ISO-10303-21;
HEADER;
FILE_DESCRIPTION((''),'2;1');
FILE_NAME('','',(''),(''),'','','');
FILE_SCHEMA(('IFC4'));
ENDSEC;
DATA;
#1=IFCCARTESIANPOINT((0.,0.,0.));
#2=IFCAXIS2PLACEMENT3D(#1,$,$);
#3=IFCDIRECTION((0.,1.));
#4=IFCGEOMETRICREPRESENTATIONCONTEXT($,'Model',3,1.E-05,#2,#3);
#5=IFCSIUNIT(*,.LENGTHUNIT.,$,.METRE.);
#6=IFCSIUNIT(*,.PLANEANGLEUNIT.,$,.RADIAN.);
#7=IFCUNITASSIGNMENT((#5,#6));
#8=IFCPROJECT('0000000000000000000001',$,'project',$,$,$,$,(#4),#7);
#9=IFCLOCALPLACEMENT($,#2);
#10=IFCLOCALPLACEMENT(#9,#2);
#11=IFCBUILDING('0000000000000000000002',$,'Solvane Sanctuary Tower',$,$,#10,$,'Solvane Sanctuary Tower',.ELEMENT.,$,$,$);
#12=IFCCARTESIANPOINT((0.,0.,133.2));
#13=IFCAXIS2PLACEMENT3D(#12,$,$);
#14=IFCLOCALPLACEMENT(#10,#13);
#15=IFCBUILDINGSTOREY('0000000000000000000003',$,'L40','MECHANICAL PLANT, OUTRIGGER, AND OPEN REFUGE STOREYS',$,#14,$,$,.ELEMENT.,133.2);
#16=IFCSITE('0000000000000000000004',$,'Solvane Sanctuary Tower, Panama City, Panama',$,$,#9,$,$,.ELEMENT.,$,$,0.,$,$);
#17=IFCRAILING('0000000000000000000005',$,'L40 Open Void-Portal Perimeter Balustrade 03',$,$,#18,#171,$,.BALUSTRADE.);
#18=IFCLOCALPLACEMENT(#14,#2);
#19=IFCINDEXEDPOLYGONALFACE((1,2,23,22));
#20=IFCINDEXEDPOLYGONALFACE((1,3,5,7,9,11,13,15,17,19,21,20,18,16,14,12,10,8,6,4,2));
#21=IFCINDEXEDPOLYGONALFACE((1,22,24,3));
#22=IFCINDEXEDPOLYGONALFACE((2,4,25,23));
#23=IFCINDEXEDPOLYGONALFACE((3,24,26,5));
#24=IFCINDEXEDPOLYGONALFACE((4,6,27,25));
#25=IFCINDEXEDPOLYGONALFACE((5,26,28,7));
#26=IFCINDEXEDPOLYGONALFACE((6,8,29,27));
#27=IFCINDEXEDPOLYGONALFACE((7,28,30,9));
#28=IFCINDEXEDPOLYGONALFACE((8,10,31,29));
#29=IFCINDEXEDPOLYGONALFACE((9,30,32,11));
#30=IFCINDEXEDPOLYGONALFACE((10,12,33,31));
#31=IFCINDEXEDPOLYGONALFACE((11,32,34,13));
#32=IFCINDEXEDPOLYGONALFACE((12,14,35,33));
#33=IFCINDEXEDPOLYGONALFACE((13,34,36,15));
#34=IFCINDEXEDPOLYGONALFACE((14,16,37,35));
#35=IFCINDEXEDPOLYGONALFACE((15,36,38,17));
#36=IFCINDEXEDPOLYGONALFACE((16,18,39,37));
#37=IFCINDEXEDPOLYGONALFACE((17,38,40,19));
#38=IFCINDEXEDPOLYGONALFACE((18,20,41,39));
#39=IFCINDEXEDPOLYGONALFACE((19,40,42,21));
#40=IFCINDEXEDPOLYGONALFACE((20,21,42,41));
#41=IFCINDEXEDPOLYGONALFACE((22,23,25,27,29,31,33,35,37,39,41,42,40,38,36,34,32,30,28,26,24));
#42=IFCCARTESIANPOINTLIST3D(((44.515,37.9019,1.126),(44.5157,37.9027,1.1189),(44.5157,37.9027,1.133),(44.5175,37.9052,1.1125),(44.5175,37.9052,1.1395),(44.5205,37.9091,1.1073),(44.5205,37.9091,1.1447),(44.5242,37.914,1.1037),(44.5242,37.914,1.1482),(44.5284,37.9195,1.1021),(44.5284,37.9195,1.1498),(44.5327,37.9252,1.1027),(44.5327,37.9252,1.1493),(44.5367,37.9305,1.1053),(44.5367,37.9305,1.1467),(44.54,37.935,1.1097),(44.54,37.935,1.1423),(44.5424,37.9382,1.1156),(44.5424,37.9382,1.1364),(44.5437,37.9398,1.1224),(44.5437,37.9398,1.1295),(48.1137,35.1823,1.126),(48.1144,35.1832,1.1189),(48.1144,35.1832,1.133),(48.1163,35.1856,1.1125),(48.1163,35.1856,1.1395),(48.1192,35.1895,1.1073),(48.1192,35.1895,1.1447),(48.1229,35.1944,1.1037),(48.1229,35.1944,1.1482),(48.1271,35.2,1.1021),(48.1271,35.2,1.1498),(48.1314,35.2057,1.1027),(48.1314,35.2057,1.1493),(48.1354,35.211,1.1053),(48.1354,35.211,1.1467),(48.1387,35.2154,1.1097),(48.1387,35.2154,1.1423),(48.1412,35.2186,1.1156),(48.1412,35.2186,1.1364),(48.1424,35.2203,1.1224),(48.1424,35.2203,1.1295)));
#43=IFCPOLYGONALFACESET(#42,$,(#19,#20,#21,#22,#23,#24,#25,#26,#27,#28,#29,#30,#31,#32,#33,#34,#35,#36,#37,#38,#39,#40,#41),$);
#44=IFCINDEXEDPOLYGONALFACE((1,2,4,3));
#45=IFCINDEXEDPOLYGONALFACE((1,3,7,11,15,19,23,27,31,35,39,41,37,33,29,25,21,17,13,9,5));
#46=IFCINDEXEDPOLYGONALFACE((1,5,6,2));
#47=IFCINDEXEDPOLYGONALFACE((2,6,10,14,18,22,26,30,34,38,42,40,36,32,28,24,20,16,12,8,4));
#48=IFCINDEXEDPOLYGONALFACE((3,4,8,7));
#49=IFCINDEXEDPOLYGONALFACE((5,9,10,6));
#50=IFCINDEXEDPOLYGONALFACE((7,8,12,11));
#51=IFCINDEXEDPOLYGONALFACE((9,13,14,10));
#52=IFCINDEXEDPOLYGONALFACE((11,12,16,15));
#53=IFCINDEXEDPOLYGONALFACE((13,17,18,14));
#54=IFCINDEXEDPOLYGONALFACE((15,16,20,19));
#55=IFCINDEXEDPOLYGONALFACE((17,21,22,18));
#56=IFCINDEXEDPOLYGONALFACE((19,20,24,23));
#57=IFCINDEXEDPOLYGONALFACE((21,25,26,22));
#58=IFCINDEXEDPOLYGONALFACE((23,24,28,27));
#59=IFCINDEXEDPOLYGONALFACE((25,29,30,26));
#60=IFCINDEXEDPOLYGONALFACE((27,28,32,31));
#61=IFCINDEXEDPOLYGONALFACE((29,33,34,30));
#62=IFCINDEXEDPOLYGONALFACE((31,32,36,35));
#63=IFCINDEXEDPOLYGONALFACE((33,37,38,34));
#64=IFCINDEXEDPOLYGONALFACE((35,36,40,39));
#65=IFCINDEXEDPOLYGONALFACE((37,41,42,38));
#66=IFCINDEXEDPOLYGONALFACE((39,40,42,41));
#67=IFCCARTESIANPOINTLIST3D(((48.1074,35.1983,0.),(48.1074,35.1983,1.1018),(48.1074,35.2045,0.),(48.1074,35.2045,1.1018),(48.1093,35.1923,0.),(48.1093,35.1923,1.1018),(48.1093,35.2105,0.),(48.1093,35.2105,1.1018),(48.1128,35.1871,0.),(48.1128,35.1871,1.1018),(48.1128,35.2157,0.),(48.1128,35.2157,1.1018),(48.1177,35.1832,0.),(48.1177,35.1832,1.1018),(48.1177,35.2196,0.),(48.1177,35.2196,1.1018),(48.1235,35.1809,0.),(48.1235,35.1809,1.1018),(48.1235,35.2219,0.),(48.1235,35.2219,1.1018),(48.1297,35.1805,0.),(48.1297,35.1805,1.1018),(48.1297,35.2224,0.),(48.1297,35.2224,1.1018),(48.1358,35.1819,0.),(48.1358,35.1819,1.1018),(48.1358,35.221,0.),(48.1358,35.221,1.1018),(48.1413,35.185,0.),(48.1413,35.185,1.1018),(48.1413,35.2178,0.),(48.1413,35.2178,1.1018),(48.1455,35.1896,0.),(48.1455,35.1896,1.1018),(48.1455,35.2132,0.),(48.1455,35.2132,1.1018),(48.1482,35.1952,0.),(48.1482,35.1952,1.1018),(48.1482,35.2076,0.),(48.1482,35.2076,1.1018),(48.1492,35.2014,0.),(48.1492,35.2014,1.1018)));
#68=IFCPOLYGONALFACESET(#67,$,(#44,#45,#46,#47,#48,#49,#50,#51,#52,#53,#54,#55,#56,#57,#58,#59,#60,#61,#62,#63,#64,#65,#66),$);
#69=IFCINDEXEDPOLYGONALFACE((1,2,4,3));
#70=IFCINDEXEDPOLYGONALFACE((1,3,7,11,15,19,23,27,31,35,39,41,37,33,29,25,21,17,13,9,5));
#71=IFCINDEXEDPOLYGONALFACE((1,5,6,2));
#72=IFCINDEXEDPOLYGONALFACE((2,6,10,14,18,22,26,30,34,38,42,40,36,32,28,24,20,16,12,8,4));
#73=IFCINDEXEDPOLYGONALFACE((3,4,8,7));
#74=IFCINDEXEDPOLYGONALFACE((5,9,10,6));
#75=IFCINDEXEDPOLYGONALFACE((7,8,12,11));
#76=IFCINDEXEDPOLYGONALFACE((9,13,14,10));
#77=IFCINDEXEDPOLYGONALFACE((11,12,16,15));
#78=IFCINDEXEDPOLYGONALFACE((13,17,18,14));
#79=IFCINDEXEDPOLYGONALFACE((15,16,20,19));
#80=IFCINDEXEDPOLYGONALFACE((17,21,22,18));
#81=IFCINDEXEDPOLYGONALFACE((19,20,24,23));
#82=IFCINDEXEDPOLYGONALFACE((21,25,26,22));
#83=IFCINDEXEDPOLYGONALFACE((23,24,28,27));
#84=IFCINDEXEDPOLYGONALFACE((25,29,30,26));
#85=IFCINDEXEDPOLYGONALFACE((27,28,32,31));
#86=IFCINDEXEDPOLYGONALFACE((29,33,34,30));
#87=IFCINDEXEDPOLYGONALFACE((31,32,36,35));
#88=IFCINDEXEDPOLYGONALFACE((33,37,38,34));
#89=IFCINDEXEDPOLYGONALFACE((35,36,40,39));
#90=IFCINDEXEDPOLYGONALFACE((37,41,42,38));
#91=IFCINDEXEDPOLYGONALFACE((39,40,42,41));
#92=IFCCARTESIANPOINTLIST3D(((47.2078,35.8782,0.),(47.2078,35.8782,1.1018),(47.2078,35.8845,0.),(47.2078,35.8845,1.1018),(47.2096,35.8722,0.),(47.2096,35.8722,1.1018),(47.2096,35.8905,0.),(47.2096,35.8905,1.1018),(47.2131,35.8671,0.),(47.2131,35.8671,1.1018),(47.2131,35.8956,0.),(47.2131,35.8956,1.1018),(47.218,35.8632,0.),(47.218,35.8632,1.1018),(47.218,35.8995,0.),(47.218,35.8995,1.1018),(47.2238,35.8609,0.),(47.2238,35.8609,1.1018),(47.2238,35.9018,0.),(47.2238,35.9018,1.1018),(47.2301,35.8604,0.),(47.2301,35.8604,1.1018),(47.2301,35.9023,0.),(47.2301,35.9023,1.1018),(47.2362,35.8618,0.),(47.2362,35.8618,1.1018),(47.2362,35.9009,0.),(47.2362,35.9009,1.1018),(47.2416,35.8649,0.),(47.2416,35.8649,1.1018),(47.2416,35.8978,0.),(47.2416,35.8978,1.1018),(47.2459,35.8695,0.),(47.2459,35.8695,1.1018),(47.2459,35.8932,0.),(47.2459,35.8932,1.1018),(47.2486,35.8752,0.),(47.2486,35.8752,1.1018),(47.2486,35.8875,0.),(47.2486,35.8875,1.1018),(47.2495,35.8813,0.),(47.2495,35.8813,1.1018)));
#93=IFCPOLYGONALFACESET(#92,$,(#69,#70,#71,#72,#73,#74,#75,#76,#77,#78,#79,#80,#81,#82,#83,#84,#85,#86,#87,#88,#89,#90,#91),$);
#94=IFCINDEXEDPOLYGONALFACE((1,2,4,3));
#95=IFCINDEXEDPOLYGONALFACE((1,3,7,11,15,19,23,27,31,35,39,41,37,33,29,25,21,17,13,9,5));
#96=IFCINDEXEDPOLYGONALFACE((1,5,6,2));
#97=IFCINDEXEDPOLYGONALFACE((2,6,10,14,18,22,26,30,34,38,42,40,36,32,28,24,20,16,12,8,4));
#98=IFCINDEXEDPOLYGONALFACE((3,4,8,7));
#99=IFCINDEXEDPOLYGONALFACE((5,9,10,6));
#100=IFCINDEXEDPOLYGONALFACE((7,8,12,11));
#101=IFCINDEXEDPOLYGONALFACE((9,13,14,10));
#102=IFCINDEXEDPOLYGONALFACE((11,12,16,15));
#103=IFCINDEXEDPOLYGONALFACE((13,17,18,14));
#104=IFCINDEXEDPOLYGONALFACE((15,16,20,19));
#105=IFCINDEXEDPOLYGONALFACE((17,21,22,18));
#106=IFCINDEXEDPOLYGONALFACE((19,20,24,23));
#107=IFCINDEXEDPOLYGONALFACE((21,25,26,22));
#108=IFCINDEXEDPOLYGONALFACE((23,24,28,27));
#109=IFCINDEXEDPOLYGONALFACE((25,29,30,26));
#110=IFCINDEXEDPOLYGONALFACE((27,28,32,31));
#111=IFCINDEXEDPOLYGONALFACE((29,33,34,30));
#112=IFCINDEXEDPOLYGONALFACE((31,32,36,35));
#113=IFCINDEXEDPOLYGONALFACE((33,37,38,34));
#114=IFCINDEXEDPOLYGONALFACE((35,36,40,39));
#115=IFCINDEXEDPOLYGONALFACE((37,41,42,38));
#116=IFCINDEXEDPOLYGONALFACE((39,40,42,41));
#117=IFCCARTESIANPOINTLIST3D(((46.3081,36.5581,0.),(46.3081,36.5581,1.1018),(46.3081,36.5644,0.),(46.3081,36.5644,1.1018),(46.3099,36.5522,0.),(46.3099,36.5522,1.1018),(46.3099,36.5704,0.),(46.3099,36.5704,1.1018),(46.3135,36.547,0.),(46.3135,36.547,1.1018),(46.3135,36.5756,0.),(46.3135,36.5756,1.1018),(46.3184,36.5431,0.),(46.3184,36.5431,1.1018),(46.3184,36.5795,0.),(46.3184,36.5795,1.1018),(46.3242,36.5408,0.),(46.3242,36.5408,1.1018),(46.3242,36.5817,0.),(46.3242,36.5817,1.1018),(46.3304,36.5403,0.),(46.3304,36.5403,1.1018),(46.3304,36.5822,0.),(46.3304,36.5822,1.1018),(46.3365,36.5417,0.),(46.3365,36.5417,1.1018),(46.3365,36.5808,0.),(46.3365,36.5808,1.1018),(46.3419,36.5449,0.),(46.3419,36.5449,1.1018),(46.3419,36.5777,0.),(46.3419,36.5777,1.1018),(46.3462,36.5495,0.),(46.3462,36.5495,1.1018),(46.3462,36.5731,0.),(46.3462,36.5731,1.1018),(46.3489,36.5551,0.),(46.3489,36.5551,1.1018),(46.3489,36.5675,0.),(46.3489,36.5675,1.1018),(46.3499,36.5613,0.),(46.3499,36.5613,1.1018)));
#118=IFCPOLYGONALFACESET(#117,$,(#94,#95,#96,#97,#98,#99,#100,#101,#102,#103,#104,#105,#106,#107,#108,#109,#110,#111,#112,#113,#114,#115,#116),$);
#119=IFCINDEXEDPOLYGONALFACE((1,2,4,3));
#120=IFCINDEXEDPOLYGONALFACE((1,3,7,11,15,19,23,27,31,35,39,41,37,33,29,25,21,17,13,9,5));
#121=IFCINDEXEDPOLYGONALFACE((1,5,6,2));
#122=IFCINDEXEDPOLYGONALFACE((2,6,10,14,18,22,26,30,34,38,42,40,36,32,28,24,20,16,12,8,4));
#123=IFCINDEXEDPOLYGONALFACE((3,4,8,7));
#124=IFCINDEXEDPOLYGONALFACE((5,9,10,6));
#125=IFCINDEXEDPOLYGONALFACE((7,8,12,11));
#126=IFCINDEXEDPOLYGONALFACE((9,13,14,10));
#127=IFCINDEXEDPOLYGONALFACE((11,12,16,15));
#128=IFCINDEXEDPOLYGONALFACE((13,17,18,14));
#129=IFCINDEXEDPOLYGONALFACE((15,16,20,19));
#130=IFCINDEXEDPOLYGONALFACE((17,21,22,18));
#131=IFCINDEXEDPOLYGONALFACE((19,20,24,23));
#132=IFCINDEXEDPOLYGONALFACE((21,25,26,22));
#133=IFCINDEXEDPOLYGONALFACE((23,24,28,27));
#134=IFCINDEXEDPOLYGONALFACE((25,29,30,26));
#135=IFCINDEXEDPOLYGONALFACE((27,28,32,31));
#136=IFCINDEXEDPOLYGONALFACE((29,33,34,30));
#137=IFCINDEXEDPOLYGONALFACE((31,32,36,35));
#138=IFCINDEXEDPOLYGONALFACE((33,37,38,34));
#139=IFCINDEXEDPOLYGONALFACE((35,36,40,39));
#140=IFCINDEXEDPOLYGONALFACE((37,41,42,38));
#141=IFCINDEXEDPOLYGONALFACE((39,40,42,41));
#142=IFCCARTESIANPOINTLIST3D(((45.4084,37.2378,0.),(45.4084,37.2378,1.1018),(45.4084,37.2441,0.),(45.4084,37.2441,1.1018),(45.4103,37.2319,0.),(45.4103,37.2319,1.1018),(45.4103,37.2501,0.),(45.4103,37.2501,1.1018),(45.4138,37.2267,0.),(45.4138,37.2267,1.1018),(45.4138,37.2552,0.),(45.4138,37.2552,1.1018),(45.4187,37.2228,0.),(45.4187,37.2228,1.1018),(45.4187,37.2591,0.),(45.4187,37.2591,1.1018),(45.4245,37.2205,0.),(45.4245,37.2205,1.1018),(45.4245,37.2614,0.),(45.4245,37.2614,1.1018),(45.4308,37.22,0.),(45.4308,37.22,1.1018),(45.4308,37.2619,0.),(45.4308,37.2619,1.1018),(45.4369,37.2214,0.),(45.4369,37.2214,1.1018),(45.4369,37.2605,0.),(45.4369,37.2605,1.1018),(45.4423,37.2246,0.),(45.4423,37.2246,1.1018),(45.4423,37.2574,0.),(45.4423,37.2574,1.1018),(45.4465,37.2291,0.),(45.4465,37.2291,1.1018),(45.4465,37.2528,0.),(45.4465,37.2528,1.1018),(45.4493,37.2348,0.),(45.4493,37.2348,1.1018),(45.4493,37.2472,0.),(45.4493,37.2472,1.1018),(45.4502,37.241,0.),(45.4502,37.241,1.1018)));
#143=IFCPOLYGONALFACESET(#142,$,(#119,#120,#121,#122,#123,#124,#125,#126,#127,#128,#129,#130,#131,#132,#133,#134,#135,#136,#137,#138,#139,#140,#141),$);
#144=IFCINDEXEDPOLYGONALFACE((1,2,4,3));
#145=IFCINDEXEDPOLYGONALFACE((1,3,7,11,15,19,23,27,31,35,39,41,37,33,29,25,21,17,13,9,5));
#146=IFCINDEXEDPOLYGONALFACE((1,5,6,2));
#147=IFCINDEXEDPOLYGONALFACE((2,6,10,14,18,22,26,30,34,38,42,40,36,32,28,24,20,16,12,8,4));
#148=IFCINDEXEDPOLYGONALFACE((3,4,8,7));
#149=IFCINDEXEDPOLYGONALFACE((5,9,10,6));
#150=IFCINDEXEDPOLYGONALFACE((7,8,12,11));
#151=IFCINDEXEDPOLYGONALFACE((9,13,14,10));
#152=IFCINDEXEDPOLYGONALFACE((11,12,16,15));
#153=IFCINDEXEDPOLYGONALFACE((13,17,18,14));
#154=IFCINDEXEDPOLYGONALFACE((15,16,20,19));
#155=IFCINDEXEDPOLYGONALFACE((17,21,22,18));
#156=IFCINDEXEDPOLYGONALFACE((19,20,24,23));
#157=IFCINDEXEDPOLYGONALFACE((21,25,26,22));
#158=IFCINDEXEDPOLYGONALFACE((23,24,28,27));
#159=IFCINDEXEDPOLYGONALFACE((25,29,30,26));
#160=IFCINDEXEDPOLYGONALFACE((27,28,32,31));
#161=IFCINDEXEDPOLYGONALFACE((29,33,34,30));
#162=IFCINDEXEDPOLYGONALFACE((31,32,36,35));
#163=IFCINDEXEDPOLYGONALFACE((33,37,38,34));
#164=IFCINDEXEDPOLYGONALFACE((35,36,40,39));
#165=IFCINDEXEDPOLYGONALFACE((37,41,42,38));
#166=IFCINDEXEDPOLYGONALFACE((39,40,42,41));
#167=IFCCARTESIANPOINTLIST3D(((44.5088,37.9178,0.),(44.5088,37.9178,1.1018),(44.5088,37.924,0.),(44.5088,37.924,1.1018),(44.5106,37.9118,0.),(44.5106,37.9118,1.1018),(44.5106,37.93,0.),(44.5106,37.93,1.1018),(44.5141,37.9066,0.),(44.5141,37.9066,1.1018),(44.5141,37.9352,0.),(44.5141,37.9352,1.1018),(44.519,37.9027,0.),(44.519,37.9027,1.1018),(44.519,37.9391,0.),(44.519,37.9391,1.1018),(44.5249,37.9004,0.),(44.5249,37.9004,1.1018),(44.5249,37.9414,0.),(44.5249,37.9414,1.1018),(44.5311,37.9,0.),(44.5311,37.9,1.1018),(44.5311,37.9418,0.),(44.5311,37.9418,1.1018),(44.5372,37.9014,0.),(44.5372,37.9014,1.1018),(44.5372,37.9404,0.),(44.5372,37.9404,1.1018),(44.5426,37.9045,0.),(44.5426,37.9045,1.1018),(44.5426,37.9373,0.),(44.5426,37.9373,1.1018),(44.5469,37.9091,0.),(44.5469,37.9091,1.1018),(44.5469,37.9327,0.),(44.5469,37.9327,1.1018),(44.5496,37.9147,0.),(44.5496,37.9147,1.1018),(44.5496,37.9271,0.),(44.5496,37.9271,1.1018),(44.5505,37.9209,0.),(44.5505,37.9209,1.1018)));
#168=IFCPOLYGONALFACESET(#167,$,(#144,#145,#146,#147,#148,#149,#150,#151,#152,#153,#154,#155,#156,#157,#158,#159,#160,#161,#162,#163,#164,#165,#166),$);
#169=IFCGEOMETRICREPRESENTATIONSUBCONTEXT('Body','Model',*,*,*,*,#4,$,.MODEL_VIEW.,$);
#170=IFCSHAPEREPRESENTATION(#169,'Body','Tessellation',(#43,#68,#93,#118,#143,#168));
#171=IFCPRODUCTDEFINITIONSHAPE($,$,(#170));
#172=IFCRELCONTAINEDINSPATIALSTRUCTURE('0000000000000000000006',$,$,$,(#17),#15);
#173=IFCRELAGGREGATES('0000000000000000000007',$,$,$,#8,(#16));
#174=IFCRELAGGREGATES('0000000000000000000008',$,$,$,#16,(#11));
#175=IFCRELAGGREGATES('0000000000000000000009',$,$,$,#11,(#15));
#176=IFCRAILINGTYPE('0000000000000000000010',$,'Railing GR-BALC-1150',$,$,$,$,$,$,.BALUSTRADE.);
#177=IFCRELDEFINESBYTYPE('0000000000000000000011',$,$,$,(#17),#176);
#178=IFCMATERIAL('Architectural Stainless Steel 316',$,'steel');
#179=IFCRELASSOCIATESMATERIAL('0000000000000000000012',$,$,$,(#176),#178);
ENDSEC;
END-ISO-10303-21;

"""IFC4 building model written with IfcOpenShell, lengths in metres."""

from ifc_helpers import new_model, si_unit, direction, frame, origin, origin_2d, place, context, subcontext, project, spatial, circle, extrude, material, type_object, element, save


model = new_model("IFC4")

# Units and contexts
model_context = context("Model", 3, precision=1e-05, world=origin(), true_north=direction((0.0, 1.0)))
body_context = subcontext(model_context, "Body", "Model", "MODEL_VIEW")
ifc_project = project(units=[si_unit("LENGTHUNIT", "METRE"), si_unit("PLANEANGLEUNIT", "RADIAN")], contexts=[model_context])

# Site, building, storey
site_placement = place(None, origin())
site = spatial("IfcSite", under=ifc_project, at=site_placement, Name="Solvane Sanctuary Tower, Panama City, Panama", CompositionType="ELEMENT", RefElevation=0.0)
building_placement = place(site_placement, origin())
building = spatial("IfcBuilding", under=site, at=building_placement, Name="Solvane Sanctuary Tower", LongName="Solvane Sanctuary Tower", CompositionType="ELEMENT")
storey_placement = place(building_placement, frame((0.0, 0.0, 133.2)))
storey = spatial("IfcBuildingStorey", under=building, at=storey_placement, Name="L40", Description="MECHANICAL PLANT, OUTRIGGER, AND OPEN REFUGE STOREYS", CompositionType="ELEMENT", Elevation=133.2)

# Shared definitions
ifc_material_1 = material(Name="Architectural Stainless Steel 316", Category="steel")

# Railing
railing_type_1 = type_object("IfcRailingType", Name="Railing GR-BALC-1150", PredefinedType="BALUSTRADE", material=ifc_material_1)
railing_1_placement = place(storey_placement, frame((48.1282, 35.2014, 0.0)))
element("IfcRailing", 1, at=railing_1_placement, inside=storey, type_object=railing_type_1, Name="L40 Open Void-Portal Perimeter Balustrade 03", PredefinedType="BALUSTRADE", context=body_context, shape_type="SweptSolid", body=[
    extrude(circle(Radius=0.0239, at=origin_2d()), frame((0.0, 0.0, 1.126), z_axis=(-0.797812, 0.602906, 0.0), x_axis=(-0.602906, -0.797812, 0.0)), (0.0, 0.0, 1.0), 4.5107),
    extrude(circle(Radius=0.021, at=origin_2d()), origin(), (0.0, 0.0, 1.0), 1.1018),
    extrude(circle(Radius=0.021, at=origin_2d()), frame((-0.8997, 0.6799, 0.0)), (0.0, 0.0, 1.0), 1.1018),
    extrude(circle(Radius=0.021, at=origin_2d()), frame((-1.7993, 1.3599, 0.0)), (0.0, 0.0, 1.0), 1.1018),
    extrude(circle(Radius=0.021, at=origin_2d()), frame((-2.699, 2.0396, 0.0)), (0.0, 0.0, 1.0), 1.1018),
    extrude(circle(Radius=0.021, at=origin_2d()), frame((-3.5986, 2.7195, 0.0)), (0.0, 0.0, 1.0), 1.1018),
])

save(model, "model.ifc")
